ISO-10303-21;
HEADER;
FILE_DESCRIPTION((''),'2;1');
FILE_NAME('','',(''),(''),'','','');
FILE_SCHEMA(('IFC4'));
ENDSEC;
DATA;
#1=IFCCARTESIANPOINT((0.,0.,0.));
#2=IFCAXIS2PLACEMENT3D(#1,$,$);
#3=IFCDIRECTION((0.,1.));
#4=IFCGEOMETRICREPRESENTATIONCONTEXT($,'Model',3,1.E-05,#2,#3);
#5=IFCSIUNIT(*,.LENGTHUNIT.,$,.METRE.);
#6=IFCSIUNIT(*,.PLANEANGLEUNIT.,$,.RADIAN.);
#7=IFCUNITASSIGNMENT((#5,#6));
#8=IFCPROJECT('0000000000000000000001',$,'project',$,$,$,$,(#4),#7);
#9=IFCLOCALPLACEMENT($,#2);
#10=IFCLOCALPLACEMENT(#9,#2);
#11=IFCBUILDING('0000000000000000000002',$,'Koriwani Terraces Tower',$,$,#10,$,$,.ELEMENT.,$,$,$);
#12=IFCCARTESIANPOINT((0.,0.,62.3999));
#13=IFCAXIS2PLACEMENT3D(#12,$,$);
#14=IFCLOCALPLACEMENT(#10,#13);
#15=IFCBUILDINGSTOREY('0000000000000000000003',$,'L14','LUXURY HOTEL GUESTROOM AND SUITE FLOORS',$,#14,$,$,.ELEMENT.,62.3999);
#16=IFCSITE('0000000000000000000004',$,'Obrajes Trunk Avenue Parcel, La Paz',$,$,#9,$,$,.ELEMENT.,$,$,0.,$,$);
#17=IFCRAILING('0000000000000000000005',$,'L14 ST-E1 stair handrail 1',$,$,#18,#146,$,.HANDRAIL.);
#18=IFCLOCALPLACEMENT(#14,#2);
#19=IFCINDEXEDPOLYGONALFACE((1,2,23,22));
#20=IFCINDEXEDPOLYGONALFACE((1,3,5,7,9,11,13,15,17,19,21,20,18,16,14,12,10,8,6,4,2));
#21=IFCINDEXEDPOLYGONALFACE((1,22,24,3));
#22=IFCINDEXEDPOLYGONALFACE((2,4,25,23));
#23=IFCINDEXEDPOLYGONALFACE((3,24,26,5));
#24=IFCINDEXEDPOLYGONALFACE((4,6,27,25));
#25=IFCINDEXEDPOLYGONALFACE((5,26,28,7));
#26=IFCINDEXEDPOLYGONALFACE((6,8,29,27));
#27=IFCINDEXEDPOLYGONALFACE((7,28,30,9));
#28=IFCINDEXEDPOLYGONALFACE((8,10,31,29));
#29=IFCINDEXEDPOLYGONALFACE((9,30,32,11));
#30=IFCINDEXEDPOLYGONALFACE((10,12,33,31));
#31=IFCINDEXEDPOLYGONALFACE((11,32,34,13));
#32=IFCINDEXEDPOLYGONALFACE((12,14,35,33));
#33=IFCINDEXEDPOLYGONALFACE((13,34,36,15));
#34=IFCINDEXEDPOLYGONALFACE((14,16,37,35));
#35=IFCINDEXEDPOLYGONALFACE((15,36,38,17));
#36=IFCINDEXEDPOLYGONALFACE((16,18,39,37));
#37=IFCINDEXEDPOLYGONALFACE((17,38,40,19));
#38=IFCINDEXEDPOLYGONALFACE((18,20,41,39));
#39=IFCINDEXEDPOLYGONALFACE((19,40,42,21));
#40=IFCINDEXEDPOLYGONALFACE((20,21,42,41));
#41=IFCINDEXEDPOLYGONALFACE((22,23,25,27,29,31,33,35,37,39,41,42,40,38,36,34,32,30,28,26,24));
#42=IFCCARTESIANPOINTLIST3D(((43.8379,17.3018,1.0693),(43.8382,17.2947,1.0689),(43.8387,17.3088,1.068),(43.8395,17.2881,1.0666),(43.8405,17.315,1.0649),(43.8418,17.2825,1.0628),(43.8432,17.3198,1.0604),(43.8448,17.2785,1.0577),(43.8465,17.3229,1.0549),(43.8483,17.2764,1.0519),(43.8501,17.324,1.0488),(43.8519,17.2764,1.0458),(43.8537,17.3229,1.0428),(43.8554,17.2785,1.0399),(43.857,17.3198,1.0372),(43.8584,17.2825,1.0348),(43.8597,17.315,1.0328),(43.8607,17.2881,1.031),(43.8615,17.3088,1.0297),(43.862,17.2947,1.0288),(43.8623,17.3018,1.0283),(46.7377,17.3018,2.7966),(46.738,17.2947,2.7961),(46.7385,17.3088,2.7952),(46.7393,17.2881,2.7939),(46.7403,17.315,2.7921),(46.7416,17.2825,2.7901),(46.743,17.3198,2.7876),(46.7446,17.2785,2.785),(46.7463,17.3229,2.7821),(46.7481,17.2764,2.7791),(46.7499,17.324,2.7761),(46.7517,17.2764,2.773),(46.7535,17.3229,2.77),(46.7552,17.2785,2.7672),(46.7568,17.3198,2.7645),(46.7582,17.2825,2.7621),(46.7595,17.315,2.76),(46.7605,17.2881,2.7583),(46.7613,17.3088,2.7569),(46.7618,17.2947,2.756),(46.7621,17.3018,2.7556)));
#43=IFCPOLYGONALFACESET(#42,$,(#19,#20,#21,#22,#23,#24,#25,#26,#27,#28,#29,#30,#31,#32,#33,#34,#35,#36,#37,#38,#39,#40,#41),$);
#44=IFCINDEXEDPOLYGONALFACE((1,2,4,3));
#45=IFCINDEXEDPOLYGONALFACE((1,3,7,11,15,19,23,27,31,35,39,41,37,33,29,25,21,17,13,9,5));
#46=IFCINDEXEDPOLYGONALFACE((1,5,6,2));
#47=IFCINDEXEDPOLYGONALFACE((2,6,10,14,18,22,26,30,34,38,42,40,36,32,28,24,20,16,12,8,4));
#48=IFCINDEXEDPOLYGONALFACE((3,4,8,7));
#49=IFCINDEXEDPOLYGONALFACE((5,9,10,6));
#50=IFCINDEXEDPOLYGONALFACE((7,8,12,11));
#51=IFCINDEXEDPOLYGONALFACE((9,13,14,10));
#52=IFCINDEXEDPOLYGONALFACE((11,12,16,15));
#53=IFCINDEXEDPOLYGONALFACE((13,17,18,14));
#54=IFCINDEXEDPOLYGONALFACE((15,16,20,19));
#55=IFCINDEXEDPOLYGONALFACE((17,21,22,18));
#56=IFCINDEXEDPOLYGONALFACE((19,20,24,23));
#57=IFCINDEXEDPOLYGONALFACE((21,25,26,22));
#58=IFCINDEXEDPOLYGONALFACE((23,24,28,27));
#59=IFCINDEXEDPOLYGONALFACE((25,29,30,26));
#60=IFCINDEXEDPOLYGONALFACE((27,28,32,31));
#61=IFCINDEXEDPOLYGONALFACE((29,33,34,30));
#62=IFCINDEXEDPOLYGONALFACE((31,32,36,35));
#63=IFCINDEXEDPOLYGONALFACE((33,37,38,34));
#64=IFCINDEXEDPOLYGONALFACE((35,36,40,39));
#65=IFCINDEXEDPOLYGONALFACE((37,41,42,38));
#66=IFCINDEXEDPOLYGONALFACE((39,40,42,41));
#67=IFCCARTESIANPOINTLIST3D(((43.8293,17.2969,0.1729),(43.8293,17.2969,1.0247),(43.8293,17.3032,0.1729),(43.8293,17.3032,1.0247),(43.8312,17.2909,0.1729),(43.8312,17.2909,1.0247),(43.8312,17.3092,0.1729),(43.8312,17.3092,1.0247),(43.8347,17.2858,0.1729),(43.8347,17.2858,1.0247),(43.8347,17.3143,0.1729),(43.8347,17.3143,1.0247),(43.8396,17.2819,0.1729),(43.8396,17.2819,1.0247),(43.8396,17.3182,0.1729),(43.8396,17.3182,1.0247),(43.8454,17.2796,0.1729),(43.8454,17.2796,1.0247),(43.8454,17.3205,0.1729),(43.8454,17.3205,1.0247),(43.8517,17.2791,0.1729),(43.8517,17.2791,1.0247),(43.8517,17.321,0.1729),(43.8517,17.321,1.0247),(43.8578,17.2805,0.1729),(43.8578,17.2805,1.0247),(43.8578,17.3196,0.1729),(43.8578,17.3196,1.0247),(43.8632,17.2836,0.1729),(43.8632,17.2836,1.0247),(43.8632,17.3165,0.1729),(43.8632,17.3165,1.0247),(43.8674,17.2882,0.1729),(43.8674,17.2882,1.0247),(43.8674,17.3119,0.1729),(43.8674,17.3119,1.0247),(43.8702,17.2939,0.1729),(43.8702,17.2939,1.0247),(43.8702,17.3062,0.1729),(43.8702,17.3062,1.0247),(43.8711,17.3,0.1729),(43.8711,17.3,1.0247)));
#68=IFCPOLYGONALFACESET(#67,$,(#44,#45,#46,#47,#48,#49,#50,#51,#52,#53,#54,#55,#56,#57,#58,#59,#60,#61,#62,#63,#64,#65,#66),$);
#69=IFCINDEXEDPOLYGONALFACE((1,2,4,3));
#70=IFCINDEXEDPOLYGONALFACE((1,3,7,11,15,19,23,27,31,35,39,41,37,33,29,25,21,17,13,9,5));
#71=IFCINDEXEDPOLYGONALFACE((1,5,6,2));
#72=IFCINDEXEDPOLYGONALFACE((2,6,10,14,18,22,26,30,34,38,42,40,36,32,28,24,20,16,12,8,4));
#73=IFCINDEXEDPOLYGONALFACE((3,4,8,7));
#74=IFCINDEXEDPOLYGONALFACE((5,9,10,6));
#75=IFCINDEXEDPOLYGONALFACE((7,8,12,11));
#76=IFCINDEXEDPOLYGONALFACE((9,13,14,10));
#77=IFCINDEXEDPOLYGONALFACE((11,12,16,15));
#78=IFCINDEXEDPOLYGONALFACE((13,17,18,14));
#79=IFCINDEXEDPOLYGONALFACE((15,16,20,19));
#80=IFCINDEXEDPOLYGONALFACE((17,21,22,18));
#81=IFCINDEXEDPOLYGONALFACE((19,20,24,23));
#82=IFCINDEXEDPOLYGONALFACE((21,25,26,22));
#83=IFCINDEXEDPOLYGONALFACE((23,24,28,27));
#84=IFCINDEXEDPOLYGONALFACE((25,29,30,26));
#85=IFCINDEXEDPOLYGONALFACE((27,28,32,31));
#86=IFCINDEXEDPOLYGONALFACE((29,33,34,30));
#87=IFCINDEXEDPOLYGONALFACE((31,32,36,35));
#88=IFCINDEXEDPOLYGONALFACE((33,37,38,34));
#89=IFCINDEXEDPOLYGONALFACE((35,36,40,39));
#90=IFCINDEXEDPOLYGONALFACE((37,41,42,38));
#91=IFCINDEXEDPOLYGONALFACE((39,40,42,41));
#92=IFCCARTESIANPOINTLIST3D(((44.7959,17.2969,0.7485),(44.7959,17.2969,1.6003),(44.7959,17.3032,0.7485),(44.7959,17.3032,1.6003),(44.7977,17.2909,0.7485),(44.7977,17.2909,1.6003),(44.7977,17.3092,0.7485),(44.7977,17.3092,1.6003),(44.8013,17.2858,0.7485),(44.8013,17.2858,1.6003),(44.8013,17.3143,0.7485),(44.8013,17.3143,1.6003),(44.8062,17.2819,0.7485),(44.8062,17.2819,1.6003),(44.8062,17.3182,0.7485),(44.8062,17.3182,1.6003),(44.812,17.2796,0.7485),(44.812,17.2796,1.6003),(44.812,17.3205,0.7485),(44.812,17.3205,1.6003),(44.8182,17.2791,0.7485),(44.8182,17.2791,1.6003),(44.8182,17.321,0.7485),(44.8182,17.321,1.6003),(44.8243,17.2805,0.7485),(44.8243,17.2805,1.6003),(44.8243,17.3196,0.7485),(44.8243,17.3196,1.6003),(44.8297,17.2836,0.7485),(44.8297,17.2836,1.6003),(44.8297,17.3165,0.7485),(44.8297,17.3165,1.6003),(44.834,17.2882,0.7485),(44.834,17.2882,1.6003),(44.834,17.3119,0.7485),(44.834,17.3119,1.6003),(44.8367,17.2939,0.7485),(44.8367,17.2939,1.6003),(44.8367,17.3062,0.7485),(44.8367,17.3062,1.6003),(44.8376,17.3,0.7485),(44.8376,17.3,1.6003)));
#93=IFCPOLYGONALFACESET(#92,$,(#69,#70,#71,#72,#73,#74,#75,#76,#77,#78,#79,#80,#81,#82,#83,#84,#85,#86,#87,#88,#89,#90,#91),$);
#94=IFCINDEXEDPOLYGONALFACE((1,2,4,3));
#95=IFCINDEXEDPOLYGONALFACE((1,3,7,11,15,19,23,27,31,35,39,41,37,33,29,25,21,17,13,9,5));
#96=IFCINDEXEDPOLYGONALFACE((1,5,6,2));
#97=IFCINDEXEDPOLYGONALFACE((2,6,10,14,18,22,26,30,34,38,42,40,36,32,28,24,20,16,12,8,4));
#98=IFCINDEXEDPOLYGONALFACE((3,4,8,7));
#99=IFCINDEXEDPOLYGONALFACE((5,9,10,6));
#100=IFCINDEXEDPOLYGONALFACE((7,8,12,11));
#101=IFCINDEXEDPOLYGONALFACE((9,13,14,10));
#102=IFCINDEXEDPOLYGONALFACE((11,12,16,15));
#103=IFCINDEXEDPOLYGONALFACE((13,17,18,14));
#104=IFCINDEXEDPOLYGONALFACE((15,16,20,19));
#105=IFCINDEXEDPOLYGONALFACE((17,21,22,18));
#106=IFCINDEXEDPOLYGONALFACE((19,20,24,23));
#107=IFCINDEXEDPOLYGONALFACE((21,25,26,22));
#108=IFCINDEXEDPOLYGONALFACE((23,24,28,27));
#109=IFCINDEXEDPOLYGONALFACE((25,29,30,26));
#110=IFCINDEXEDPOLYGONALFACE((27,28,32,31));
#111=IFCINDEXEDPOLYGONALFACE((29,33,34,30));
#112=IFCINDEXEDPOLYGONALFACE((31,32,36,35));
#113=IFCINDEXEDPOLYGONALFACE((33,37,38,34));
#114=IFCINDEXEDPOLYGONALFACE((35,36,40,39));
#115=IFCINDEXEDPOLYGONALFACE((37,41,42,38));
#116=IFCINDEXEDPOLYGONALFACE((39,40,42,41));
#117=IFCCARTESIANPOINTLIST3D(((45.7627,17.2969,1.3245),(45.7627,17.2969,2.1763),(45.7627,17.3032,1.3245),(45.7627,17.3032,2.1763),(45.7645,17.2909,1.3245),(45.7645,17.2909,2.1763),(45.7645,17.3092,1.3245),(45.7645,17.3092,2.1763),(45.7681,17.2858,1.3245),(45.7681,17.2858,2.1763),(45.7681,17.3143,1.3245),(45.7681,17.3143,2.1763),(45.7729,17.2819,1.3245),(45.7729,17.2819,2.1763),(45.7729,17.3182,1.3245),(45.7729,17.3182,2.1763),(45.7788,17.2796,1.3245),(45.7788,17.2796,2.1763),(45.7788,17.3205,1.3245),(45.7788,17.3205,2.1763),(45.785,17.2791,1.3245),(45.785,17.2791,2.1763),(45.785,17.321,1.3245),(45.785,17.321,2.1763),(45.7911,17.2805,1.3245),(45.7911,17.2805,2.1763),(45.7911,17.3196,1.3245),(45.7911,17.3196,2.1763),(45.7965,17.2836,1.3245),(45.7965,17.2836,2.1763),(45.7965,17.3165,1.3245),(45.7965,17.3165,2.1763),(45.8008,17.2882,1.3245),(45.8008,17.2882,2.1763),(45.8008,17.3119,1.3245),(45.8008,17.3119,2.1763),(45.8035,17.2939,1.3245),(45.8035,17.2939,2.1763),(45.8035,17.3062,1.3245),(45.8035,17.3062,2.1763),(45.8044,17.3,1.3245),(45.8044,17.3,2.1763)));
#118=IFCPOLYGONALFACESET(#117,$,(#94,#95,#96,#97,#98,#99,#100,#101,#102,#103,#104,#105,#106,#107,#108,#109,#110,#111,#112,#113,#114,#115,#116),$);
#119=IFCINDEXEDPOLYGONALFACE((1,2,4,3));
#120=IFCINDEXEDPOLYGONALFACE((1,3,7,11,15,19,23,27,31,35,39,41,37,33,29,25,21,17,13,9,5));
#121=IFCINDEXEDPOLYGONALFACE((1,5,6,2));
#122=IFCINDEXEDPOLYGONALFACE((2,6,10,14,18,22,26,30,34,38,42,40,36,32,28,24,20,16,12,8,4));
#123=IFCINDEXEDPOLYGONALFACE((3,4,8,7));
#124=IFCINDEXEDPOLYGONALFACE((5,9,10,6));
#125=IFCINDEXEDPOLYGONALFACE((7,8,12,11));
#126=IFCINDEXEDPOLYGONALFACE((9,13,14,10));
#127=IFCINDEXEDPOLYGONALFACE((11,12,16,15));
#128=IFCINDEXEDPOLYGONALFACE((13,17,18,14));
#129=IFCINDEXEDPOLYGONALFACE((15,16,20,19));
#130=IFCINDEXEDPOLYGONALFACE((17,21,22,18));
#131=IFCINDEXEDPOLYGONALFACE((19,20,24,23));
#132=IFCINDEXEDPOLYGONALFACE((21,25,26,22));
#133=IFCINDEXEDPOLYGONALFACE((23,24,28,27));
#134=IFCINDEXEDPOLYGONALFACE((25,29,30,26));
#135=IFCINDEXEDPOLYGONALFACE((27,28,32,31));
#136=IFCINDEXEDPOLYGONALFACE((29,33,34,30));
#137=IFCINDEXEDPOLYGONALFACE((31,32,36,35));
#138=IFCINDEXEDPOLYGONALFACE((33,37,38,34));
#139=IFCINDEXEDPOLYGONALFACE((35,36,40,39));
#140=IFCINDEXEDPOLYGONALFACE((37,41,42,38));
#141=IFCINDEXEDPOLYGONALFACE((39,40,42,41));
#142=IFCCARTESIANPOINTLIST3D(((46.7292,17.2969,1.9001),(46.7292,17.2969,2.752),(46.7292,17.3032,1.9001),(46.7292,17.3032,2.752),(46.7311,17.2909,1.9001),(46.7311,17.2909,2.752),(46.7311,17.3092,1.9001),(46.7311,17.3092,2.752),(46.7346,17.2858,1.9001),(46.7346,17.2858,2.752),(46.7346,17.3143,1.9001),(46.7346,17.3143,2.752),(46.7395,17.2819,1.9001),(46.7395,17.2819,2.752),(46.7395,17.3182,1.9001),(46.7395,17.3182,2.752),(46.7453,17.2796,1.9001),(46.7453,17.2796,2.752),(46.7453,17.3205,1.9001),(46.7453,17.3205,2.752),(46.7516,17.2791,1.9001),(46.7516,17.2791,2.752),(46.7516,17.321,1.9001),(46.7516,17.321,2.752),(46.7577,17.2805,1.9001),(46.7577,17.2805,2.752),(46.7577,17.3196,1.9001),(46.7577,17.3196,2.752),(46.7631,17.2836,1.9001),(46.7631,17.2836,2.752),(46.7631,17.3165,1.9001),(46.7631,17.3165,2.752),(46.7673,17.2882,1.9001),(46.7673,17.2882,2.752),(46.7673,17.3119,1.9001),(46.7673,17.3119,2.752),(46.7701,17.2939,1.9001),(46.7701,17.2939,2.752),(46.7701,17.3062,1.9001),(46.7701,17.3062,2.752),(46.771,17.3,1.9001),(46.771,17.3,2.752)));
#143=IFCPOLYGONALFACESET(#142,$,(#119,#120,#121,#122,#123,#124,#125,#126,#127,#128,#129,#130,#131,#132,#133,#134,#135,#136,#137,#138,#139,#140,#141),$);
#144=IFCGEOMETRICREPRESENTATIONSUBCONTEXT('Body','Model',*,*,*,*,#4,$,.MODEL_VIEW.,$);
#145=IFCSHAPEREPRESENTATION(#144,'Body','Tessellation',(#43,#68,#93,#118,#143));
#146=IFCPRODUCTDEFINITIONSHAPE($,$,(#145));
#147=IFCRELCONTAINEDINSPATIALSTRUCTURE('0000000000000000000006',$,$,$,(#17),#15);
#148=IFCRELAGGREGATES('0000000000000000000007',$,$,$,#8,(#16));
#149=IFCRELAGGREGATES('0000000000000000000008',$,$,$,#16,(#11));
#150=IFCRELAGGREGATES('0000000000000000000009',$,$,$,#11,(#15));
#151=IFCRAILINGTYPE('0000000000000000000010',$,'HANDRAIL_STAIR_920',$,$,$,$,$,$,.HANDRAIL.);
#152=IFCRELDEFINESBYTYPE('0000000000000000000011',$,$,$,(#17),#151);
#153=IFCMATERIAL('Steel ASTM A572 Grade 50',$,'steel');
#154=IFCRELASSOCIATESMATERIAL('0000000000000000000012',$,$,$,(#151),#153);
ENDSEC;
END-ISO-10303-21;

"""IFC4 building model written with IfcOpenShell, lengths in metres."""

from ifc_helpers import new_model, si_unit, direction, frame, origin, origin_2d, place, context, subcontext, project, spatial, circle, extrude, material, type_object, element, save


model = new_model("IFC4")

# Units and contexts
model_context = context("Model", 3, precision=1e-05, world=origin(), true_north=direction((0.0, 1.0)))
body_context = subcontext(model_context, "Body", "Model", "MODEL_VIEW")
ifc_project = project(units=[si_unit("LENGTHUNIT", "METRE"), si_unit("PLANEANGLEUNIT", "RADIAN")], contexts=[model_context])

# Site, building, storey
site_placement = place(None, origin())
site = spatial("IfcSite", under=ifc_project, at=site_placement, Name="Obrajes Trunk Avenue Parcel, La Paz", CompositionType="ELEMENT", RefElevation=0.0)
building_placement = place(site_placement, origin())
building = spatial("IfcBuilding", under=site, at=building_placement, Name="Koriwani Terraces Tower", CompositionType="ELEMENT")
storey_placement = place(building_placement, frame((0.0, 0.0, 62.3999)))
storey = spatial("IfcBuildingStorey", under=building, at=storey_placement, Name="L14", Description="LUXURY HOTEL GUESTROOM AND SUITE FLOORS", CompositionType="ELEMENT", Elevation=62.3999)

# Shared definitions
ifc_material_1 = material(Name="Steel ASTM A572 Grade 50", Category="steel")

# Railing
railing_type_1 = type_object("IfcRailingType", Name="HANDRAIL_STAIR_920", PredefinedType="HANDRAIL", material=ifc_material_1)
railing_1_placement = place(storey_placement, frame((43.8501, 17.3, 0.1729)))
element("IfcRailing", 1, at=railing_1_placement, inside=storey, type_object=railing_type_1, Name="L14 ST-E1 stair handrail 1", PredefinedType="HANDRAIL", context=body_context, shape_type="SweptSolid", body=[
    extrude(circle(Radius=0.0239, at=origin_2d()), frame((0.0, 0.0, 0.876), z_axis=(0.859141, 0.0, 0.511738), x_axis=(0.0, 1.0, 0.0)), (0.0, 0.0, 1.0), 3.3752),
    extrude(circle(Radius=0.021, at=origin_2d()), origin(), (0.0, 0.0, 1.0), 0.8518),
    extrude(circle(Radius=0.021, at=origin_2d()), frame((0.9666, 0.0, 0.5757)), (0.0, 0.0, 1.0), 0.8518),
    extrude(circle(Radius=0.021, at=origin_2d()), frame((1.9333, 0.0, 1.1516)), (0.0, 0.0, 1.0), 0.8518),
    extrude(circle(Radius=0.021, at=origin_2d()), frame((2.8999, 0.0, 1.7273)), (0.0, 0.0, 1.0), 0.8518),
])

save(model, "model.ifc")
